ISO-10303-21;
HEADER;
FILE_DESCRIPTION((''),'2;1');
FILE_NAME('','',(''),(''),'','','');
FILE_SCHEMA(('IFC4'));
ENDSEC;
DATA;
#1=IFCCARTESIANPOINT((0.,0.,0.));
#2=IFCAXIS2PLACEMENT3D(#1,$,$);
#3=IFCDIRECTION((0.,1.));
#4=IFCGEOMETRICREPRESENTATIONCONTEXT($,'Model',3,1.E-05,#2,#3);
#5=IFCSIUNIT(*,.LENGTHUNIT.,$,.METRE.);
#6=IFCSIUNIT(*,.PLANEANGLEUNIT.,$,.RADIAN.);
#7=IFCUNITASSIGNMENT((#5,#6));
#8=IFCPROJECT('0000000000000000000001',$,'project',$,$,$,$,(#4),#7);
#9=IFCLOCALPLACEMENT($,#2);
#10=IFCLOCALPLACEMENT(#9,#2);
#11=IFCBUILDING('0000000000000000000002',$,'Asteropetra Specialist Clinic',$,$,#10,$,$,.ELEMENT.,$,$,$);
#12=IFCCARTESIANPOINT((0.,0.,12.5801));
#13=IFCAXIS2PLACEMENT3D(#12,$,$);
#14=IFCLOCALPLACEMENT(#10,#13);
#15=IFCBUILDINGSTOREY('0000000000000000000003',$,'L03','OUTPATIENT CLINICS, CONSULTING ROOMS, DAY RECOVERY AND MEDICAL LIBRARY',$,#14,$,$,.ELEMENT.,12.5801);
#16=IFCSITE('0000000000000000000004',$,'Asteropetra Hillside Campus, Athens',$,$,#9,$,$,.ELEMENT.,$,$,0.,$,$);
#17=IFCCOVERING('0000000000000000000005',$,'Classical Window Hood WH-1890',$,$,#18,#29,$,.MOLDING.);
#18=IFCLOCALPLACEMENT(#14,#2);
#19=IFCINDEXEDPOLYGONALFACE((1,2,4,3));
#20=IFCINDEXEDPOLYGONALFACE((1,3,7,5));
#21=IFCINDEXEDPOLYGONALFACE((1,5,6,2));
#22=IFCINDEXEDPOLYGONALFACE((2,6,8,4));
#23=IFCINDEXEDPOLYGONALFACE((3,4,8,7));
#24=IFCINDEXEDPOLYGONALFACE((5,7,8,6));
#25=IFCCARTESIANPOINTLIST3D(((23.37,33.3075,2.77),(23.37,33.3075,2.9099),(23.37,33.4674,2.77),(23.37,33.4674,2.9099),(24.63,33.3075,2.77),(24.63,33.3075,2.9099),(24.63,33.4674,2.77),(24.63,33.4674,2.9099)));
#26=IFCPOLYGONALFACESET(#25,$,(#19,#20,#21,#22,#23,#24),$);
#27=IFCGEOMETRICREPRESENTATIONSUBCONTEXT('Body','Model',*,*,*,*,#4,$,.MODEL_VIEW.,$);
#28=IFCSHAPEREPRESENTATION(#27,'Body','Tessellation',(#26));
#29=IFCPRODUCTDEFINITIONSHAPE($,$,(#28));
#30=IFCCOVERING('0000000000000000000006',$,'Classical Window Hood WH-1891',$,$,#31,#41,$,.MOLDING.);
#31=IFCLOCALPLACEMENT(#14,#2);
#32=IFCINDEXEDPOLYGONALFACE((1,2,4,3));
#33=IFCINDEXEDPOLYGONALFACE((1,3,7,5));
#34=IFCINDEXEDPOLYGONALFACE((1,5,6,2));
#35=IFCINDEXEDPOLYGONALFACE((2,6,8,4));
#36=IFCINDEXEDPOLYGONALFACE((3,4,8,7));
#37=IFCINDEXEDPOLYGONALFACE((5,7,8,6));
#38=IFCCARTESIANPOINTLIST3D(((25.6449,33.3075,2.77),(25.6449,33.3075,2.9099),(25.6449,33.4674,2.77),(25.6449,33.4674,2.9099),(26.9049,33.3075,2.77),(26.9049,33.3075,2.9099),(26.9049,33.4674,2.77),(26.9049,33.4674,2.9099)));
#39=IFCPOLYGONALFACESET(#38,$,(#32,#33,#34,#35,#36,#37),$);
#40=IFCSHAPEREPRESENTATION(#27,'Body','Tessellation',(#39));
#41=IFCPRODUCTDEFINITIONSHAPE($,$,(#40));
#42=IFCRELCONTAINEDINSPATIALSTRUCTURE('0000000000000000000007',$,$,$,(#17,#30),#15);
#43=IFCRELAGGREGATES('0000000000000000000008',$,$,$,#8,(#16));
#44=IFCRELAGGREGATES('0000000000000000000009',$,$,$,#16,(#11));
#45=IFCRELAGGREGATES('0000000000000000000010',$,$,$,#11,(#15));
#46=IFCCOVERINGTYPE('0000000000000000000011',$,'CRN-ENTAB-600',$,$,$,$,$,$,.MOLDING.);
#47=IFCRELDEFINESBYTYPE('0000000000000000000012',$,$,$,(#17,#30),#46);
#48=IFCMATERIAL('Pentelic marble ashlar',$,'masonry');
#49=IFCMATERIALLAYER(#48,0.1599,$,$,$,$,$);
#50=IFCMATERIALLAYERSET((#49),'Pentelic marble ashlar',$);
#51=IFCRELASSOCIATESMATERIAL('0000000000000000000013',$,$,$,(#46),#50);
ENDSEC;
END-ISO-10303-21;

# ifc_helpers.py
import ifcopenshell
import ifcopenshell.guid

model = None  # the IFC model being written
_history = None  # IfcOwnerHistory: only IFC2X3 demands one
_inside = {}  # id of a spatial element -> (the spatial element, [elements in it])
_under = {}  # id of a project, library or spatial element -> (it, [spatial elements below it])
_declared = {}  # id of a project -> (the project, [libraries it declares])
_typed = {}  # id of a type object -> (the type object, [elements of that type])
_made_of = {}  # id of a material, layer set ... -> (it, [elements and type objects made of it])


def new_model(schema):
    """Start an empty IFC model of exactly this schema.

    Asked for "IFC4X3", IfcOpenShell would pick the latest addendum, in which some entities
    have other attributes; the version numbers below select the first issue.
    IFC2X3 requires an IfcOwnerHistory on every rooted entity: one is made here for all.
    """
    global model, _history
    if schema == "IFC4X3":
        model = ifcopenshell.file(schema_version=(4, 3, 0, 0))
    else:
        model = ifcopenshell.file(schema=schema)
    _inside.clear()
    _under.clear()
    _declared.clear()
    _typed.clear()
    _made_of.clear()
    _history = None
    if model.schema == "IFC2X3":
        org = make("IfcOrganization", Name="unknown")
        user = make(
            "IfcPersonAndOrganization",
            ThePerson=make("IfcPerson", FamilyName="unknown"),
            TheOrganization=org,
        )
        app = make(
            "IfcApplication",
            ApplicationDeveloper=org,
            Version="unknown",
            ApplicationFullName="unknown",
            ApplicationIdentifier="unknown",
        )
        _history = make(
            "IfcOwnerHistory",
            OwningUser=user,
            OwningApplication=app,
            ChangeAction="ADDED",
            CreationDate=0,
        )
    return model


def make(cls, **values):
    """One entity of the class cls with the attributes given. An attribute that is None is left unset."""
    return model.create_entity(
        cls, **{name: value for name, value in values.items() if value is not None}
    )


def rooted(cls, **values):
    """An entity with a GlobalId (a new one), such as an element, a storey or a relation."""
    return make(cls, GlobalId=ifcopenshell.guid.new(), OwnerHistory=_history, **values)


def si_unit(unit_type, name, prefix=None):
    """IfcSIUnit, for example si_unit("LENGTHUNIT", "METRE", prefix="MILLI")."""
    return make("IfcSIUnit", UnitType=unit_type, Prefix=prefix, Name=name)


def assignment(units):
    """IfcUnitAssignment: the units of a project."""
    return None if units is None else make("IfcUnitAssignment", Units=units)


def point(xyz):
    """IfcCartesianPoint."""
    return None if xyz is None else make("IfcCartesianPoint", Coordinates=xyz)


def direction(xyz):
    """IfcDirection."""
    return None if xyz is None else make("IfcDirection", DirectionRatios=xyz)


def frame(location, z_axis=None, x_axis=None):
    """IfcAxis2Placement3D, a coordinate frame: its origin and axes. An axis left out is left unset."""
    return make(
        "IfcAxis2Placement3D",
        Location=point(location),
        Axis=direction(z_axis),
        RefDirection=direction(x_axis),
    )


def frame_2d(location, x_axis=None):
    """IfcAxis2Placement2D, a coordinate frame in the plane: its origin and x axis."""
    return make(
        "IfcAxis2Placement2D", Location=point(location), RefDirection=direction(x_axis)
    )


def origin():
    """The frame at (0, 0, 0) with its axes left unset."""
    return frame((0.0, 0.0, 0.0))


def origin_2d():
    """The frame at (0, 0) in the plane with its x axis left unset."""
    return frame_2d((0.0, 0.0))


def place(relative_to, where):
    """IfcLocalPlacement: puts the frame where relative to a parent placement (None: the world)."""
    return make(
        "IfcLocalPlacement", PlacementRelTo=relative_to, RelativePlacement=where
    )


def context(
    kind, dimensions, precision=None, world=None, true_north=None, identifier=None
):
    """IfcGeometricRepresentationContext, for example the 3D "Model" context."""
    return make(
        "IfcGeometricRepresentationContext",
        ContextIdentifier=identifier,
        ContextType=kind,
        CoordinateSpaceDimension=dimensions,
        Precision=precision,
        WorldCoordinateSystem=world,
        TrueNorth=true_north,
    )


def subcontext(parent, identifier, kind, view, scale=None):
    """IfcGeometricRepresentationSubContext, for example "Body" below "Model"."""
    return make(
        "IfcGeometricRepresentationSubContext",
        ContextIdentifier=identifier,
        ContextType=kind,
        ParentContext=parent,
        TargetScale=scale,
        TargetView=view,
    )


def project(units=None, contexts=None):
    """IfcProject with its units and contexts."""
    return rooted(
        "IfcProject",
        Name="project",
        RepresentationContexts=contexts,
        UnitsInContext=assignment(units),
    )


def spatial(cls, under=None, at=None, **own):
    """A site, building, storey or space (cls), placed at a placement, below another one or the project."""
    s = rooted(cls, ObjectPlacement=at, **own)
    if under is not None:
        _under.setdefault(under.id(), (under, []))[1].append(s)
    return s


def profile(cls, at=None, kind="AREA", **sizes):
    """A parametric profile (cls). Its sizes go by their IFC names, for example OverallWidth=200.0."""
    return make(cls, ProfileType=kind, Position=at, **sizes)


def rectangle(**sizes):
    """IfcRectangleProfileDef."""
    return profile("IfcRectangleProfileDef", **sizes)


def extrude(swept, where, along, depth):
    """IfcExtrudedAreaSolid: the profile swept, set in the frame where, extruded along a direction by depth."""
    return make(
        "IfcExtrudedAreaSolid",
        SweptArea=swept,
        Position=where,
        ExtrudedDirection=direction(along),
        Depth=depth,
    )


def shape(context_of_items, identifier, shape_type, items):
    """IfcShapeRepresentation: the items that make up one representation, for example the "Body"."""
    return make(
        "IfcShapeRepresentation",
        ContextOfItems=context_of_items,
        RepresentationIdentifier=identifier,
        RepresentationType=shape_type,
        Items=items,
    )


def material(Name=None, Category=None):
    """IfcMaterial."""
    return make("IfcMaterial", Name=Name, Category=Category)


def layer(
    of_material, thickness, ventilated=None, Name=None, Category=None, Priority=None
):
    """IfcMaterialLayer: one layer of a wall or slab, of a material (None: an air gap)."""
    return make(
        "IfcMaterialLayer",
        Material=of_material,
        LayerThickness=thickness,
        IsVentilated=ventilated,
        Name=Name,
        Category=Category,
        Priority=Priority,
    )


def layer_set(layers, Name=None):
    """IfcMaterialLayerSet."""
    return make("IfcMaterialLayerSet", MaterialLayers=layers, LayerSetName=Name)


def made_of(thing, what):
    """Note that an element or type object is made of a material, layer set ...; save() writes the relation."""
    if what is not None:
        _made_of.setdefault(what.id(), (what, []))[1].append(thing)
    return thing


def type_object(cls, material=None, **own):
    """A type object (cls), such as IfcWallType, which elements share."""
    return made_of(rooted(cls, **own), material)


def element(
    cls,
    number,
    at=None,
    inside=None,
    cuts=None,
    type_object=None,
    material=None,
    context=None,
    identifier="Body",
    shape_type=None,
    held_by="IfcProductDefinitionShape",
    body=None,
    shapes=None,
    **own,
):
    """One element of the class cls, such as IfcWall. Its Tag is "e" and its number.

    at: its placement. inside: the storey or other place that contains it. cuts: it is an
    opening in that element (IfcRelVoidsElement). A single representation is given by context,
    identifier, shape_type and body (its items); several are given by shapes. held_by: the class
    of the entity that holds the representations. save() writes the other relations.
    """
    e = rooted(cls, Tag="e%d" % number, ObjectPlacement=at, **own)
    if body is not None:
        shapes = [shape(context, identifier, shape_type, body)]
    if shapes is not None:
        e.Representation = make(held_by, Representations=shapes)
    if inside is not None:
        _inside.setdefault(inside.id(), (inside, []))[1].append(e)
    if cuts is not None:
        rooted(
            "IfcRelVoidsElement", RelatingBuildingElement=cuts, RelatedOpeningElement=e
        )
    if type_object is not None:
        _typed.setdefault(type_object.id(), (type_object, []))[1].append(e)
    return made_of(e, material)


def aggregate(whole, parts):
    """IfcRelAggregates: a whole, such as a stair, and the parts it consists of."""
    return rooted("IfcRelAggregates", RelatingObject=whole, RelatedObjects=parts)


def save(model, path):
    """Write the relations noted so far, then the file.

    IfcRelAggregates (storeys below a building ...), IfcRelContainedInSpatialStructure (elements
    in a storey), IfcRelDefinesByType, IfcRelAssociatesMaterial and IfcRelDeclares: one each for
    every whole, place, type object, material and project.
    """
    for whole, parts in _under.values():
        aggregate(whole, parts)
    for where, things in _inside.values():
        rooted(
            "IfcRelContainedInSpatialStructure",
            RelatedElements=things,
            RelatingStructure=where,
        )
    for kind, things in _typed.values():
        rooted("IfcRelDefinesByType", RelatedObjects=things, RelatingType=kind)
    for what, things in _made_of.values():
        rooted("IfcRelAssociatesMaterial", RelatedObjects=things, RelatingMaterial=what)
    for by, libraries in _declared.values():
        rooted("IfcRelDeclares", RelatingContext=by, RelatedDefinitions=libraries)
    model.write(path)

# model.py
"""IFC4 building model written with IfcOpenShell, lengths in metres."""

from ifc_helpers import new_model, si_unit, direction, frame, origin, origin_2d, place, context, subcontext, project, spatial, rectangle, extrude, material, layer, layer_set, type_object, element, save


model = new_model("IFC4")

# Units and contexts
model_context = context("Model", 3, precision=1e-05, world=origin(), true_north=direction((0.0, 1.0)))
body_context = subcontext(model_context, "Body", "Model", "MODEL_VIEW")
ifc_project = project(units=[si_unit("LENGTHUNIT", "METRE"), si_unit("PLANEANGLEUNIT", "RADIAN")], contexts=[model_context])

# Site, building, storey
site_placement = place(None, origin())
site = spatial("IfcSite", under=ifc_project, at=site_placement, Name="Asteropetra Hillside Campus, Athens", CompositionType="ELEMENT", RefElevation=0.0)
building_placement = place(site_placement, origin())
building = spatial("IfcBuilding", under=site, at=building_placement, Name="Asteropetra Specialist Clinic", CompositionType="ELEMENT")
storey_placement = place(building_placement, frame((0.0, 0.0, 12.5801)))
storey = spatial("IfcBuildingStorey", under=building, at=storey_placement, Name="L03", Description="OUTPATIENT CLINICS, CONSULTING ROOMS, DAY RECOVERY AND MEDICAL LIBRARY", CompositionType="ELEMENT", Elevation=12.5801)

# Coverings
ifc_material_1 = material(Name="Pentelic marble ashlar", Category="masonry")
ifc_layer_1 = layer(ifc_material_1, 0.1599)
ifc_layer_set_1 = layer_set([ifc_layer_1], Name="Pentelic marble ashlar")
covering_type_1 = type_object("IfcCoveringType", Name="CRN-ENTAB-600", PredefinedType="MOLDING", material=ifc_layer_set_1)
for number, where, z_axis, x_axis, name in (
    (1, (24.0, 33.3875, 2.77), (0.0, 0.0, 1.0), (1.0, 0.0, 0.0), "Classical Window Hood WH-1890"),
    (2, (26.2749, 33.3875, 2.77), (0.0, 0.0, 1.0), (1.0, 0.0, 0.0), "Classical Window Hood WH-1891"),
):
    element("IfcCovering", number, at=place(storey_placement, frame(where, z_axis=z_axis, x_axis=x_axis)), inside=storey, type_object=covering_type_1, Name=name, PredefinedType="MOLDING", context=body_context, shape_type="SweptSolid", body=[
        extrude(rectangle(XDim=1.26, YDim=0.1599, at=origin_2d()), origin(), (0.0, 0.0, 1.0), 0.1399),
    ])

save(model, "model.ifc")
